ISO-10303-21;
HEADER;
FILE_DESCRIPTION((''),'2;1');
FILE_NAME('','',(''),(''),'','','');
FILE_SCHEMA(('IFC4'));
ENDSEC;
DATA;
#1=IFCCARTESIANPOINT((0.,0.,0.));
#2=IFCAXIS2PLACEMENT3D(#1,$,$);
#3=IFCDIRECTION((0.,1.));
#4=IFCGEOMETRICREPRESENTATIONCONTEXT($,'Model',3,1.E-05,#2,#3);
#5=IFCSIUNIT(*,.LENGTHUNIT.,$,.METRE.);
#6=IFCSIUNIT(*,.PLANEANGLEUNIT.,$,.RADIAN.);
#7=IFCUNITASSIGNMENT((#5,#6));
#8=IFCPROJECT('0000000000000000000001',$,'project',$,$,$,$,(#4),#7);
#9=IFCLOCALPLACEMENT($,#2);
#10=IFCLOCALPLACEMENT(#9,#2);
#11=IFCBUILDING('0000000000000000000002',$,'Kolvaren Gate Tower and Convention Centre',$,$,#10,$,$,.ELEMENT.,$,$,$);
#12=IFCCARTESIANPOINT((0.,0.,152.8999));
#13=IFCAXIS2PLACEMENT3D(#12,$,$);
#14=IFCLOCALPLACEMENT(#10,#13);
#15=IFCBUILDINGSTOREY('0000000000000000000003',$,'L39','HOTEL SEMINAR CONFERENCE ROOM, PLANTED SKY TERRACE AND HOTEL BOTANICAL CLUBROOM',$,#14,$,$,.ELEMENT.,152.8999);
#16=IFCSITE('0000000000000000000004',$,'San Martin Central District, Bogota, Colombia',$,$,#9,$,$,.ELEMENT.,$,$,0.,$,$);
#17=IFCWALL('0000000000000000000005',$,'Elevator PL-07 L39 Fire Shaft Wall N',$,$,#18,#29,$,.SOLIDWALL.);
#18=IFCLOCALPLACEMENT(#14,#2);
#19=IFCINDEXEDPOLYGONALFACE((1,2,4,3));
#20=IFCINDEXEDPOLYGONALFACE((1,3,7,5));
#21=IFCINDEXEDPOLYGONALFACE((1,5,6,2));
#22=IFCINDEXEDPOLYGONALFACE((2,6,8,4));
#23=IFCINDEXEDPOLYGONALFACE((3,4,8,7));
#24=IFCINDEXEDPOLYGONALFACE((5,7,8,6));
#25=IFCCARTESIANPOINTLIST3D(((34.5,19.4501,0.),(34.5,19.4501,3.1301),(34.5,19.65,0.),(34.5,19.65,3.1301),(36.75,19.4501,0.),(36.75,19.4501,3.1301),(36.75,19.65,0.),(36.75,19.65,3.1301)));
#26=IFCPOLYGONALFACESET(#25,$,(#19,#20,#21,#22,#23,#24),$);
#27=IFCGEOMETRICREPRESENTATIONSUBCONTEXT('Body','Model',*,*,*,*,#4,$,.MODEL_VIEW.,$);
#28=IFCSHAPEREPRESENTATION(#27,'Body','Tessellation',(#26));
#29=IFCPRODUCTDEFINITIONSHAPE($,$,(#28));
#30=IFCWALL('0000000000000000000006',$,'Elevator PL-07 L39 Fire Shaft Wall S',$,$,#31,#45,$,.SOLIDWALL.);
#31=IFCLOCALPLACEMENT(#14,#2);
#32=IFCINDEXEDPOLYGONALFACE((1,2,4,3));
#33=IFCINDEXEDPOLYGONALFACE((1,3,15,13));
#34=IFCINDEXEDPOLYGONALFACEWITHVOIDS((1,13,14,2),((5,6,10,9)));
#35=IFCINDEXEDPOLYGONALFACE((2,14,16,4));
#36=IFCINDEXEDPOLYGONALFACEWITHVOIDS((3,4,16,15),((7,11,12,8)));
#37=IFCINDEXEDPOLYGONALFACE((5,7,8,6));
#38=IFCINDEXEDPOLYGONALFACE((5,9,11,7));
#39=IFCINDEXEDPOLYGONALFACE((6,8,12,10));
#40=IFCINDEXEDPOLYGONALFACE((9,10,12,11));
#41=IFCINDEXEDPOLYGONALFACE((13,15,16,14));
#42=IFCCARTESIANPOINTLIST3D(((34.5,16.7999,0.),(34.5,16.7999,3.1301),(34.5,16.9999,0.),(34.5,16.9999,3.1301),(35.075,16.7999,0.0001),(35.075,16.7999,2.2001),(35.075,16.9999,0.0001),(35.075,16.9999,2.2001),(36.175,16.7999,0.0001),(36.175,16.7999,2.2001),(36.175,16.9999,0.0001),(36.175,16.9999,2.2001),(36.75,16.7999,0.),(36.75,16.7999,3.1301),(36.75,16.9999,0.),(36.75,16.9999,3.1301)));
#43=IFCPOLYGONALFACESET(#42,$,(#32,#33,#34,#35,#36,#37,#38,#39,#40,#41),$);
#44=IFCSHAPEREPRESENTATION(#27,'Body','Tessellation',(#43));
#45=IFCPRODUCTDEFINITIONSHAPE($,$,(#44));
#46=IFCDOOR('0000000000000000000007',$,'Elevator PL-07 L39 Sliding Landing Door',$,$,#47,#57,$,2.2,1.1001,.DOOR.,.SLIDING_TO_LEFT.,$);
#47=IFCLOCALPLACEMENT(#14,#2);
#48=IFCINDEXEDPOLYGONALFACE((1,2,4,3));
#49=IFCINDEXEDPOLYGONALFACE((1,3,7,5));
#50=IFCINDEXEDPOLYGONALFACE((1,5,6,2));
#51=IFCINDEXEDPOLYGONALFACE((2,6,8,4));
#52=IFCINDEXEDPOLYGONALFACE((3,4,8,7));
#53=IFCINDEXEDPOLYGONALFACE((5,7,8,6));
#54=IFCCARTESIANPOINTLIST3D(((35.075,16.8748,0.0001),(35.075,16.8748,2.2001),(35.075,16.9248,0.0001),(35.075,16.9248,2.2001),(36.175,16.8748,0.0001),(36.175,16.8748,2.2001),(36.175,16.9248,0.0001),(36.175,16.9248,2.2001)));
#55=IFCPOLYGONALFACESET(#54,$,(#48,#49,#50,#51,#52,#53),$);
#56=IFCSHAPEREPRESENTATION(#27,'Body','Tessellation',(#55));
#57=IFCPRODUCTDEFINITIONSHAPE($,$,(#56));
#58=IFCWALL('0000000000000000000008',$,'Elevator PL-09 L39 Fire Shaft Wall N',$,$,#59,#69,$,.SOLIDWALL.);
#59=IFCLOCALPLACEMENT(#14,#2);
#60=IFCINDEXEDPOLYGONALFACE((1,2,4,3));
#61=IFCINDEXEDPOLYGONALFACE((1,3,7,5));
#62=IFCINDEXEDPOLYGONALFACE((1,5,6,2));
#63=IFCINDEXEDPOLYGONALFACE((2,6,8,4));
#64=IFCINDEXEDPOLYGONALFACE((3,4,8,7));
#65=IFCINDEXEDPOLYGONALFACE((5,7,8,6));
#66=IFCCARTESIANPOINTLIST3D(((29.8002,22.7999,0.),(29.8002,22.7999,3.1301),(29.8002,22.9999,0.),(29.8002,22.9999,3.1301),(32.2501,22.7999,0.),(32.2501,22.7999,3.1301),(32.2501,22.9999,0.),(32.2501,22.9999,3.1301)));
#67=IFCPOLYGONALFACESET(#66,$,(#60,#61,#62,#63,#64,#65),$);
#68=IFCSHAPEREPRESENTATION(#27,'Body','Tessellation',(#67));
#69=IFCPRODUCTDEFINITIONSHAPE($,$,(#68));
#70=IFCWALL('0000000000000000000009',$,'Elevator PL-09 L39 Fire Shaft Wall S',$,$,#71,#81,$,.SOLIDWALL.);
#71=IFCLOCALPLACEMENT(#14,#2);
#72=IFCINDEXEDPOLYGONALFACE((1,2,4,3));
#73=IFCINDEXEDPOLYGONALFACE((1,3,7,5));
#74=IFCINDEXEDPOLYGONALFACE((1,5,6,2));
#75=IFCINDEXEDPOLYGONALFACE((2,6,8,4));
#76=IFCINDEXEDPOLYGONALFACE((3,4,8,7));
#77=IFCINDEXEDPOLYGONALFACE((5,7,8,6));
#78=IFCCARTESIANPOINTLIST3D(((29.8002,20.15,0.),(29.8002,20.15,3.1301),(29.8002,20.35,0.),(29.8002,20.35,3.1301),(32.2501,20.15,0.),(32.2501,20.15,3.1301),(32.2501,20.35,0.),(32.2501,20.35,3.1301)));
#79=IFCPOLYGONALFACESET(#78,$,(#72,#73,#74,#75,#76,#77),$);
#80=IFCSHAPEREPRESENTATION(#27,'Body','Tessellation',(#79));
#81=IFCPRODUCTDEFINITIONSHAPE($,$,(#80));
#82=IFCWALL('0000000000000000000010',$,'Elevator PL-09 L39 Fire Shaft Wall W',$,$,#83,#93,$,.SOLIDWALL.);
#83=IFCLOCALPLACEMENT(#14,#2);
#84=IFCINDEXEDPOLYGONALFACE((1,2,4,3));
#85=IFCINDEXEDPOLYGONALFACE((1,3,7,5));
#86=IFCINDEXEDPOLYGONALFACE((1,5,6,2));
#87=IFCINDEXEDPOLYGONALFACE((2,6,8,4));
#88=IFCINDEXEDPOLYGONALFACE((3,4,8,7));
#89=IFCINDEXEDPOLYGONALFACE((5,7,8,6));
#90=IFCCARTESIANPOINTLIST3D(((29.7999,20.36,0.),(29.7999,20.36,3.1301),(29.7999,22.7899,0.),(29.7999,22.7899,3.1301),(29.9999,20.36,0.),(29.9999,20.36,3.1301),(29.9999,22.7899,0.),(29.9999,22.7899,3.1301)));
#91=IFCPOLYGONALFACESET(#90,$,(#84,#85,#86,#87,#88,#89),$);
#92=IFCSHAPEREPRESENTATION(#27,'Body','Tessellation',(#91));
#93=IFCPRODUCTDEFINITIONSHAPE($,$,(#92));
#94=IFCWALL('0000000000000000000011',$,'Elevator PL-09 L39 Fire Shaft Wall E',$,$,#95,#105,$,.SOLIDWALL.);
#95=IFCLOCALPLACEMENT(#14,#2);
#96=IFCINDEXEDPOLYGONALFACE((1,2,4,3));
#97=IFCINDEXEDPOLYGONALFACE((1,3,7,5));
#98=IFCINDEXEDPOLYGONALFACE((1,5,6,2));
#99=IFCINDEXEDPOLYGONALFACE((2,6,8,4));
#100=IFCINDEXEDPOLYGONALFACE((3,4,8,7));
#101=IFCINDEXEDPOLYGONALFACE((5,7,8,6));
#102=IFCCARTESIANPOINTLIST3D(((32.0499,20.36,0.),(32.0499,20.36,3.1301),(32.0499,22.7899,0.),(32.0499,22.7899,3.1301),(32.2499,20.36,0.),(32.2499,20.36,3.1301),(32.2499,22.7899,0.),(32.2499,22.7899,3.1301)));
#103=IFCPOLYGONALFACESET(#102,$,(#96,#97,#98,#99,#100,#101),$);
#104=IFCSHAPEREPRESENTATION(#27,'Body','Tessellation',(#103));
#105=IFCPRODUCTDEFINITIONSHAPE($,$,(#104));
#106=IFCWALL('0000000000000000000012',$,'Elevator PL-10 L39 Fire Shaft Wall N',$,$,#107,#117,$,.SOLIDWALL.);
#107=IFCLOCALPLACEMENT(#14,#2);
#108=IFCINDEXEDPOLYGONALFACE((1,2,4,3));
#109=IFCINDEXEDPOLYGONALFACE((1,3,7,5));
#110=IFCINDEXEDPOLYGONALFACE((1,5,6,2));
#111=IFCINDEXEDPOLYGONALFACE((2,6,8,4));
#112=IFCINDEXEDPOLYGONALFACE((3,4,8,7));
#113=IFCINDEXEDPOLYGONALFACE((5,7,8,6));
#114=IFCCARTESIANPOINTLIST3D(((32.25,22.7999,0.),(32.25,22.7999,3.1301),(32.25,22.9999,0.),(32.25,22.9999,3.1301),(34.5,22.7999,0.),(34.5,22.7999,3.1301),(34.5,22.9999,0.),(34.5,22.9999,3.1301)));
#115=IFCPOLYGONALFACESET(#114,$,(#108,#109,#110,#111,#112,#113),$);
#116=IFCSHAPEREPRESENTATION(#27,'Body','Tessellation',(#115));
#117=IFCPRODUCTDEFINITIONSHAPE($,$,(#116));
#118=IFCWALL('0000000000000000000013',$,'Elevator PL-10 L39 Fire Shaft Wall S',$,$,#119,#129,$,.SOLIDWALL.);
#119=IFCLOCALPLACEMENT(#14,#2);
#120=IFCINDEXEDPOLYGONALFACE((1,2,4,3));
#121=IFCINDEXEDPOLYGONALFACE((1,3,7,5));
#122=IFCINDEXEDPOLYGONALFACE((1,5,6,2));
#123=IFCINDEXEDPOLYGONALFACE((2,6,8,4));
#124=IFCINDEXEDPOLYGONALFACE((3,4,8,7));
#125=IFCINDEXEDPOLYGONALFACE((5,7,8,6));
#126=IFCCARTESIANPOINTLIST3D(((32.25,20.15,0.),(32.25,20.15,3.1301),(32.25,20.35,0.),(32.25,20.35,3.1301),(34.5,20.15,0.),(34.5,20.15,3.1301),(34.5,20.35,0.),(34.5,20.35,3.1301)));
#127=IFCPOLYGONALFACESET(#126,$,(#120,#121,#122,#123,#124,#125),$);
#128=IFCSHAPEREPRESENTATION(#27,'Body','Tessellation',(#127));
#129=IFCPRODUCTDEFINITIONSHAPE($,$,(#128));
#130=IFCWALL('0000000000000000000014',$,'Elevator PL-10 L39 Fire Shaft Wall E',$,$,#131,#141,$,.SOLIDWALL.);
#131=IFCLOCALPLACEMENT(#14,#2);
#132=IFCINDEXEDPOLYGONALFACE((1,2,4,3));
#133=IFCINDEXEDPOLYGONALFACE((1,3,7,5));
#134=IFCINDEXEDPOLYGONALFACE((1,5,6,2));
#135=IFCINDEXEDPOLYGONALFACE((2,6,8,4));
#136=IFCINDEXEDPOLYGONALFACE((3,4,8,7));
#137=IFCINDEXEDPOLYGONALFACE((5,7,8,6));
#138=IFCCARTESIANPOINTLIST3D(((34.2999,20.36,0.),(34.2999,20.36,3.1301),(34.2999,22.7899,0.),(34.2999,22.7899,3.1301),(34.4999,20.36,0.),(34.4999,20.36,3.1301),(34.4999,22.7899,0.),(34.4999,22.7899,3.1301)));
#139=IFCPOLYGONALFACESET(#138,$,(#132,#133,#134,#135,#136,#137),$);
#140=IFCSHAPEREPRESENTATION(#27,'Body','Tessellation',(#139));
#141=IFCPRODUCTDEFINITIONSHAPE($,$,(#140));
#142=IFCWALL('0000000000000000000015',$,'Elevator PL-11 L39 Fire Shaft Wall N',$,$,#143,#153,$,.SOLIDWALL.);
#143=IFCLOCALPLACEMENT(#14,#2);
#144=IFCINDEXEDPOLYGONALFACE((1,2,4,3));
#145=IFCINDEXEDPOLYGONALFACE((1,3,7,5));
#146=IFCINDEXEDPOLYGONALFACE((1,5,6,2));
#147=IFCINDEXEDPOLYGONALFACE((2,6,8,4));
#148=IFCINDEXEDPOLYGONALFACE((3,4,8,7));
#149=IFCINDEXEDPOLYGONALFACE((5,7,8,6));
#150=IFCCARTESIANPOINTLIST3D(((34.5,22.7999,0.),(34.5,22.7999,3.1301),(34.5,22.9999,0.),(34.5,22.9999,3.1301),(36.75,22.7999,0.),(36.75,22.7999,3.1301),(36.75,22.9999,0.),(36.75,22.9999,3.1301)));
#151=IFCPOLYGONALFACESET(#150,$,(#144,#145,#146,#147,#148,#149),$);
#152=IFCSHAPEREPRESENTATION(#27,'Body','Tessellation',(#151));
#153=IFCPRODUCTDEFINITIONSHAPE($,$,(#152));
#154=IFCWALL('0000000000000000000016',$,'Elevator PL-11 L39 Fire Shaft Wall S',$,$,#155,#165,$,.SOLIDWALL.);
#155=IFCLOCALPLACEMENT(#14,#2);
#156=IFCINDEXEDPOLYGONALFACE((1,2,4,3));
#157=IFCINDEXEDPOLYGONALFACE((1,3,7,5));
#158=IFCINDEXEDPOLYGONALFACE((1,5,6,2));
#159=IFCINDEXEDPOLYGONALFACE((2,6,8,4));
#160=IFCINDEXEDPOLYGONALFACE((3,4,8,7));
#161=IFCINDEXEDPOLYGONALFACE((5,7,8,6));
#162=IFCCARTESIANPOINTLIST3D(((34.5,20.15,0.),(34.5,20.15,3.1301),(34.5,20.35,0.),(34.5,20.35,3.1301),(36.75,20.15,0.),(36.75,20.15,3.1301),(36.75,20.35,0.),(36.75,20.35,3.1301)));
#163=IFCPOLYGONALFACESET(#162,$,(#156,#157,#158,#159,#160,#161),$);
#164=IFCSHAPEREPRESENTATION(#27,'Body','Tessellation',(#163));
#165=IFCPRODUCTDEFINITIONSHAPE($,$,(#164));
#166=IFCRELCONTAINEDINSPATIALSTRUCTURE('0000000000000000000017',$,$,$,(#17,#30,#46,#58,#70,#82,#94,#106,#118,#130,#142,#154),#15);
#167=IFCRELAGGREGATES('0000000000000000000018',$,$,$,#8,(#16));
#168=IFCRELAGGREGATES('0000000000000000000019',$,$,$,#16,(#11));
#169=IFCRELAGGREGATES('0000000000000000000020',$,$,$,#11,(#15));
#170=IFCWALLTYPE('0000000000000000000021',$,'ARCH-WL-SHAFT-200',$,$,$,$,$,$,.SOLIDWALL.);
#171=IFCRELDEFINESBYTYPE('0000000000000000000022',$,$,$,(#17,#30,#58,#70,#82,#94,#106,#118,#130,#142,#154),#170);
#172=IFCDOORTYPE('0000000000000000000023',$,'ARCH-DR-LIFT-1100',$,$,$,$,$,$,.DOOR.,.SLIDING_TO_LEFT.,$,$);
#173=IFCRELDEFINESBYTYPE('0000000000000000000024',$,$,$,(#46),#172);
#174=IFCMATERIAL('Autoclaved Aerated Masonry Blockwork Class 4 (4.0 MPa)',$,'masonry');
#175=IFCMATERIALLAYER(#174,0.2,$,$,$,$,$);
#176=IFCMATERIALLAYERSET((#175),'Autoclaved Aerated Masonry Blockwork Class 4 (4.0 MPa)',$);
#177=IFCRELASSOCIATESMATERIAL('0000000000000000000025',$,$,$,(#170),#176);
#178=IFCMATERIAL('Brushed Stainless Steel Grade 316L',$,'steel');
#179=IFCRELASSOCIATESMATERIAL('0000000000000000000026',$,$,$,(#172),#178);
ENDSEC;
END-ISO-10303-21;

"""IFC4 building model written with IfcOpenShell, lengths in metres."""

from ifc_helpers import new_model, si_unit, direction, frame, frame_2d, origin, place, context, subcontext, project, spatial, rectangle, extrude, material, layer, layer_set, type_object, element, fill, save


model = new_model("IFC4")

# Units and contexts
model_context = context("Model", 3, precision=1e-05, world=origin(), true_north=direction((0.0, 1.0)))
body_context = subcontext(model_context, "Body", "Model", "MODEL_VIEW")
ifc_project = project(units=[si_unit("LENGTHUNIT", "METRE"), si_unit("PLANEANGLEUNIT", "RADIAN")], contexts=[model_context])

# Site, building, storey
site_placement = place(None, origin())
site = spatial("IfcSite", under=ifc_project, at=site_placement, Name="San Martin Central District, Bogota, Colombia", CompositionType="ELEMENT", RefElevation=0.0)
building_placement = place(site_placement, origin())
building = spatial("IfcBuilding", under=site, at=building_placement, Name="Kolvaren Gate Tower and Convention Centre", CompositionType="ELEMENT")
storey_placement = place(building_placement, frame((0.0, 0.0, 152.8999)))
storey = spatial("IfcBuildingStorey", under=building, at=storey_placement, Name="L39", Description="HOTEL SEMINAR CONFERENCE ROOM, PLANTED SKY TERRACE AND HOTEL BOTANICAL CLUBROOM", CompositionType="ELEMENT", Elevation=152.8999)

# Shared definitions
ifc_material_1 = material(Name="Autoclaved Aerated Masonry Blockwork Class 4 (4.0 MPa)", Category="masonry")

# Shared definitions
ifc_layer_1 = layer(ifc_material_1, 0.2)
ifc_layer_set_1 = layer_set([ifc_layer_1], Name="Autoclaved Aerated Masonry Blockwork Class 4 (4.0 MPa)")
wall_type_1 = type_object("IfcWallType", Name="ARCH-WL-SHAFT-200", PredefinedType="SOLIDWALL", material=ifc_layer_set_1)

# Shared definitions
ifc_material_2 = material(Name="Brushed Stainless Steel Grade 316L", Category="steel")
door_type_1 = type_object("IfcDoorType", Name="ARCH-DR-LIFT-1100", OperationType="SLIDING_TO_LEFT", PredefinedType="DOOR", material=ifc_material_2)

# Wall
wall_1_placement = place(storey_placement, frame((34.5, 19.55, 0.0), z_axis=(0.0, 0.0, 1.0), x_axis=(1.0, 0.0, 0.0)))
element("IfcWall", 1, at=wall_1_placement, inside=storey, type_object=wall_type_1, Name="Elevator PL-07 L39 Fire Shaft Wall N", PredefinedType="SOLIDWALL", context=body_context, shape_type="SweptSolid", body=[
    extrude(rectangle(XDim=2.25, YDim=0.2, at=frame_2d((1.125, 0.0))), origin(), (0.0, 0.0, 1.0), 3.1301),
])

# Wall, opening, door
wall_2_placement = place(storey_placement, frame((34.5, 16.8999, 0.0), z_axis=(0.0, 0.0, 1.0), x_axis=(1.0, 0.0, 0.0)))
wall_2 = element("IfcWall", 2, at=wall_2_placement, inside=storey, type_object=wall_type_1, Name="Elevator PL-07 L39 Fire Shaft Wall S", PredefinedType="SOLIDWALL", context=body_context, shape_type="SweptSolid", body=[
    extrude(rectangle(XDim=2.25, YDim=0.2, at=frame_2d((1.125, 0.0))), origin(), (0.0, 0.0, 1.0), 3.1301),
])
opening_1_placement = place(wall_2_placement, frame((0.575, 0.0, 0.0)))
opening_1 = element("IfcOpeningElement", 3, at=opening_1_placement, cuts=wall_2, PredefinedType="OPENING", context=body_context, shape_type="SweptSolid", body=[
    extrude(rectangle(XDim=1.1001, YDim=2.2, at=frame_2d((0.55, 1.1001))), frame((0.0, 0.1099, 0.0), z_axis=(0.0, -1.0, 0.0), x_axis=(1.0, 0.0, 0.0)), (0.0, 0.0, 1.0), 0.22),
])
door_1_placement = place(opening_1_placement, origin())
door_1 = element("IfcDoor", 4, at=door_1_placement, inside=storey, type_object=door_type_1, Name="Elevator PL-07 L39 Sliding Landing Door", OperationType="SLIDING_TO_LEFT", OverallHeight=2.2, OverallWidth=1.1001, PredefinedType="DOOR", context=body_context, shape_type="SweptSolid", body=[
    extrude(rectangle(XDim=1.1001, YDim=2.2, at=frame_2d((0.55, 1.1001))), frame((0.0, 0.0249, 0.0), z_axis=(0.0, -1.0, 0.0), x_axis=(1.0, 0.0, 0.0)), (0.0, 0.0, 1.0), 0.05),
])
fill(opening_1, door_1)

# Walls
for number, where, z_axis, x_axis, name in (
    (5, (29.8, 22.8999, 0.0), (0.0, 0.0, 1.0), (1.0, 0.0, 0.0), "Elevator PL-09 L39 Fire Shaft Wall N"),
    (6, (29.8, 20.25, 0.0), (0.0, 0.0, 1.0), (1.0, 0.0, 0.0), "Elevator PL-09 L39 Fire Shaft Wall S"),
):
    element("IfcWall", number, at=place(storey_placement, frame(where, z_axis=z_axis, x_axis=x_axis)), inside=storey, type_object=wall_type_1, Name=name, PredefinedType="SOLIDWALL", context=body_context, shape_type="SweptSolid", body=[
        extrude(rectangle(XDim=2.45, YDim=0.2, at=frame_2d((1.2251, 0.0))), origin(), (0.0, 0.0, 1.0), 3.1301),
    ])
for number, where, z_axis, x_axis, name in (
    (7, (29.8999, 20.3601, 0.0), (0.0, 0.0, 1.0), (0.0, 1.0, 0.0), "Elevator PL-09 L39 Fire Shaft Wall W"),
    (8, (32.1499, 20.3601, 0.0), (0.0, 0.0, 1.0), (0.0, 1.0, 0.0), "Elevator PL-09 L39 Fire Shaft Wall E"),
):
    element("IfcWall", number, at=place(storey_placement, frame(where, z_axis=z_axis, x_axis=x_axis)), inside=storey, type_object=wall_type_1, Name=name, PredefinedType="SOLIDWALL", context=body_context, shape_type="SweptSolid", body=[
        extrude(rectangle(XDim=2.4299, YDim=0.2, at=frame_2d((1.2148, 0.0))), origin(), (0.0, 0.0, 1.0), 3.1301),
    ])
for number, where, z_axis, x_axis, name in (
    (9, (32.25, 22.8999, 0.0), (0.0, 0.0, 1.0), (1.0, 0.0, 0.0), "Elevator PL-10 L39 Fire Shaft Wall N"),
    (10, (32.25, 20.25, 0.0), (0.0, 0.0, 1.0), (1.0, 0.0, 0.0), "Elevator PL-10 L39 Fire Shaft Wall S"),
):
    element("IfcWall", number, at=place(storey_placement, frame(where, z_axis=z_axis, x_axis=x_axis)), inside=storey, type_object=wall_type_1, Name=name, PredefinedType="SOLIDWALL", context=body_context, shape_type="SweptSolid", body=[
        extrude(rectangle(XDim=2.25, YDim=0.2, at=frame_2d((1.125, 0.0))), origin(), (0.0, 0.0, 1.0), 3.1301),
    ])
wall_3_placement = place(storey_placement, frame((34.3999, 20.3601, 0.0), z_axis=(0.0, 0.0, 1.0), x_axis=(0.0, 1.0, 0.0)))
element("IfcWall", 11, at=wall_3_placement, inside=storey, type_object=wall_type_1, Name="Elevator PL-10 L39 Fire Shaft Wall E", PredefinedType="SOLIDWALL", context=body_context, shape_type="SweptSolid", body=[
    extrude(rectangle(XDim=2.4299, YDim=0.2, at=frame_2d((1.2148, 0.0))), origin(), (0.0, 0.0, 1.0), 3.1301),
])
for number, where, z_axis, x_axis, name in (
    (12, (34.5, 22.8999, 0.0), (0.0, 0.0, 1.0), (1.0, 0.0, 0.0), "Elevator PL-11 L39 Fire Shaft Wall N"),
    (13, (34.5, 20.25, 0.0), (0.0, 0.0, 1.0), (1.0, 0.0, 0.0), "Elevator PL-11 L39 Fire Shaft Wall S"),
):
    element("IfcWall", number, at=place(storey_placement, frame(where, z_axis=z_axis, x_axis=x_axis)), inside=storey, type_object=wall_type_1, Name=name, PredefinedType="SOLIDWALL", context=body_context, shape_type="SweptSolid", body=[
        extrude(rectangle(XDim=2.25, YDim=0.2, at=frame_2d((1.125, 0.0))), origin(), (0.0, 0.0, 1.0), 3.1301),
    ])

save(model, "model.ifc")
